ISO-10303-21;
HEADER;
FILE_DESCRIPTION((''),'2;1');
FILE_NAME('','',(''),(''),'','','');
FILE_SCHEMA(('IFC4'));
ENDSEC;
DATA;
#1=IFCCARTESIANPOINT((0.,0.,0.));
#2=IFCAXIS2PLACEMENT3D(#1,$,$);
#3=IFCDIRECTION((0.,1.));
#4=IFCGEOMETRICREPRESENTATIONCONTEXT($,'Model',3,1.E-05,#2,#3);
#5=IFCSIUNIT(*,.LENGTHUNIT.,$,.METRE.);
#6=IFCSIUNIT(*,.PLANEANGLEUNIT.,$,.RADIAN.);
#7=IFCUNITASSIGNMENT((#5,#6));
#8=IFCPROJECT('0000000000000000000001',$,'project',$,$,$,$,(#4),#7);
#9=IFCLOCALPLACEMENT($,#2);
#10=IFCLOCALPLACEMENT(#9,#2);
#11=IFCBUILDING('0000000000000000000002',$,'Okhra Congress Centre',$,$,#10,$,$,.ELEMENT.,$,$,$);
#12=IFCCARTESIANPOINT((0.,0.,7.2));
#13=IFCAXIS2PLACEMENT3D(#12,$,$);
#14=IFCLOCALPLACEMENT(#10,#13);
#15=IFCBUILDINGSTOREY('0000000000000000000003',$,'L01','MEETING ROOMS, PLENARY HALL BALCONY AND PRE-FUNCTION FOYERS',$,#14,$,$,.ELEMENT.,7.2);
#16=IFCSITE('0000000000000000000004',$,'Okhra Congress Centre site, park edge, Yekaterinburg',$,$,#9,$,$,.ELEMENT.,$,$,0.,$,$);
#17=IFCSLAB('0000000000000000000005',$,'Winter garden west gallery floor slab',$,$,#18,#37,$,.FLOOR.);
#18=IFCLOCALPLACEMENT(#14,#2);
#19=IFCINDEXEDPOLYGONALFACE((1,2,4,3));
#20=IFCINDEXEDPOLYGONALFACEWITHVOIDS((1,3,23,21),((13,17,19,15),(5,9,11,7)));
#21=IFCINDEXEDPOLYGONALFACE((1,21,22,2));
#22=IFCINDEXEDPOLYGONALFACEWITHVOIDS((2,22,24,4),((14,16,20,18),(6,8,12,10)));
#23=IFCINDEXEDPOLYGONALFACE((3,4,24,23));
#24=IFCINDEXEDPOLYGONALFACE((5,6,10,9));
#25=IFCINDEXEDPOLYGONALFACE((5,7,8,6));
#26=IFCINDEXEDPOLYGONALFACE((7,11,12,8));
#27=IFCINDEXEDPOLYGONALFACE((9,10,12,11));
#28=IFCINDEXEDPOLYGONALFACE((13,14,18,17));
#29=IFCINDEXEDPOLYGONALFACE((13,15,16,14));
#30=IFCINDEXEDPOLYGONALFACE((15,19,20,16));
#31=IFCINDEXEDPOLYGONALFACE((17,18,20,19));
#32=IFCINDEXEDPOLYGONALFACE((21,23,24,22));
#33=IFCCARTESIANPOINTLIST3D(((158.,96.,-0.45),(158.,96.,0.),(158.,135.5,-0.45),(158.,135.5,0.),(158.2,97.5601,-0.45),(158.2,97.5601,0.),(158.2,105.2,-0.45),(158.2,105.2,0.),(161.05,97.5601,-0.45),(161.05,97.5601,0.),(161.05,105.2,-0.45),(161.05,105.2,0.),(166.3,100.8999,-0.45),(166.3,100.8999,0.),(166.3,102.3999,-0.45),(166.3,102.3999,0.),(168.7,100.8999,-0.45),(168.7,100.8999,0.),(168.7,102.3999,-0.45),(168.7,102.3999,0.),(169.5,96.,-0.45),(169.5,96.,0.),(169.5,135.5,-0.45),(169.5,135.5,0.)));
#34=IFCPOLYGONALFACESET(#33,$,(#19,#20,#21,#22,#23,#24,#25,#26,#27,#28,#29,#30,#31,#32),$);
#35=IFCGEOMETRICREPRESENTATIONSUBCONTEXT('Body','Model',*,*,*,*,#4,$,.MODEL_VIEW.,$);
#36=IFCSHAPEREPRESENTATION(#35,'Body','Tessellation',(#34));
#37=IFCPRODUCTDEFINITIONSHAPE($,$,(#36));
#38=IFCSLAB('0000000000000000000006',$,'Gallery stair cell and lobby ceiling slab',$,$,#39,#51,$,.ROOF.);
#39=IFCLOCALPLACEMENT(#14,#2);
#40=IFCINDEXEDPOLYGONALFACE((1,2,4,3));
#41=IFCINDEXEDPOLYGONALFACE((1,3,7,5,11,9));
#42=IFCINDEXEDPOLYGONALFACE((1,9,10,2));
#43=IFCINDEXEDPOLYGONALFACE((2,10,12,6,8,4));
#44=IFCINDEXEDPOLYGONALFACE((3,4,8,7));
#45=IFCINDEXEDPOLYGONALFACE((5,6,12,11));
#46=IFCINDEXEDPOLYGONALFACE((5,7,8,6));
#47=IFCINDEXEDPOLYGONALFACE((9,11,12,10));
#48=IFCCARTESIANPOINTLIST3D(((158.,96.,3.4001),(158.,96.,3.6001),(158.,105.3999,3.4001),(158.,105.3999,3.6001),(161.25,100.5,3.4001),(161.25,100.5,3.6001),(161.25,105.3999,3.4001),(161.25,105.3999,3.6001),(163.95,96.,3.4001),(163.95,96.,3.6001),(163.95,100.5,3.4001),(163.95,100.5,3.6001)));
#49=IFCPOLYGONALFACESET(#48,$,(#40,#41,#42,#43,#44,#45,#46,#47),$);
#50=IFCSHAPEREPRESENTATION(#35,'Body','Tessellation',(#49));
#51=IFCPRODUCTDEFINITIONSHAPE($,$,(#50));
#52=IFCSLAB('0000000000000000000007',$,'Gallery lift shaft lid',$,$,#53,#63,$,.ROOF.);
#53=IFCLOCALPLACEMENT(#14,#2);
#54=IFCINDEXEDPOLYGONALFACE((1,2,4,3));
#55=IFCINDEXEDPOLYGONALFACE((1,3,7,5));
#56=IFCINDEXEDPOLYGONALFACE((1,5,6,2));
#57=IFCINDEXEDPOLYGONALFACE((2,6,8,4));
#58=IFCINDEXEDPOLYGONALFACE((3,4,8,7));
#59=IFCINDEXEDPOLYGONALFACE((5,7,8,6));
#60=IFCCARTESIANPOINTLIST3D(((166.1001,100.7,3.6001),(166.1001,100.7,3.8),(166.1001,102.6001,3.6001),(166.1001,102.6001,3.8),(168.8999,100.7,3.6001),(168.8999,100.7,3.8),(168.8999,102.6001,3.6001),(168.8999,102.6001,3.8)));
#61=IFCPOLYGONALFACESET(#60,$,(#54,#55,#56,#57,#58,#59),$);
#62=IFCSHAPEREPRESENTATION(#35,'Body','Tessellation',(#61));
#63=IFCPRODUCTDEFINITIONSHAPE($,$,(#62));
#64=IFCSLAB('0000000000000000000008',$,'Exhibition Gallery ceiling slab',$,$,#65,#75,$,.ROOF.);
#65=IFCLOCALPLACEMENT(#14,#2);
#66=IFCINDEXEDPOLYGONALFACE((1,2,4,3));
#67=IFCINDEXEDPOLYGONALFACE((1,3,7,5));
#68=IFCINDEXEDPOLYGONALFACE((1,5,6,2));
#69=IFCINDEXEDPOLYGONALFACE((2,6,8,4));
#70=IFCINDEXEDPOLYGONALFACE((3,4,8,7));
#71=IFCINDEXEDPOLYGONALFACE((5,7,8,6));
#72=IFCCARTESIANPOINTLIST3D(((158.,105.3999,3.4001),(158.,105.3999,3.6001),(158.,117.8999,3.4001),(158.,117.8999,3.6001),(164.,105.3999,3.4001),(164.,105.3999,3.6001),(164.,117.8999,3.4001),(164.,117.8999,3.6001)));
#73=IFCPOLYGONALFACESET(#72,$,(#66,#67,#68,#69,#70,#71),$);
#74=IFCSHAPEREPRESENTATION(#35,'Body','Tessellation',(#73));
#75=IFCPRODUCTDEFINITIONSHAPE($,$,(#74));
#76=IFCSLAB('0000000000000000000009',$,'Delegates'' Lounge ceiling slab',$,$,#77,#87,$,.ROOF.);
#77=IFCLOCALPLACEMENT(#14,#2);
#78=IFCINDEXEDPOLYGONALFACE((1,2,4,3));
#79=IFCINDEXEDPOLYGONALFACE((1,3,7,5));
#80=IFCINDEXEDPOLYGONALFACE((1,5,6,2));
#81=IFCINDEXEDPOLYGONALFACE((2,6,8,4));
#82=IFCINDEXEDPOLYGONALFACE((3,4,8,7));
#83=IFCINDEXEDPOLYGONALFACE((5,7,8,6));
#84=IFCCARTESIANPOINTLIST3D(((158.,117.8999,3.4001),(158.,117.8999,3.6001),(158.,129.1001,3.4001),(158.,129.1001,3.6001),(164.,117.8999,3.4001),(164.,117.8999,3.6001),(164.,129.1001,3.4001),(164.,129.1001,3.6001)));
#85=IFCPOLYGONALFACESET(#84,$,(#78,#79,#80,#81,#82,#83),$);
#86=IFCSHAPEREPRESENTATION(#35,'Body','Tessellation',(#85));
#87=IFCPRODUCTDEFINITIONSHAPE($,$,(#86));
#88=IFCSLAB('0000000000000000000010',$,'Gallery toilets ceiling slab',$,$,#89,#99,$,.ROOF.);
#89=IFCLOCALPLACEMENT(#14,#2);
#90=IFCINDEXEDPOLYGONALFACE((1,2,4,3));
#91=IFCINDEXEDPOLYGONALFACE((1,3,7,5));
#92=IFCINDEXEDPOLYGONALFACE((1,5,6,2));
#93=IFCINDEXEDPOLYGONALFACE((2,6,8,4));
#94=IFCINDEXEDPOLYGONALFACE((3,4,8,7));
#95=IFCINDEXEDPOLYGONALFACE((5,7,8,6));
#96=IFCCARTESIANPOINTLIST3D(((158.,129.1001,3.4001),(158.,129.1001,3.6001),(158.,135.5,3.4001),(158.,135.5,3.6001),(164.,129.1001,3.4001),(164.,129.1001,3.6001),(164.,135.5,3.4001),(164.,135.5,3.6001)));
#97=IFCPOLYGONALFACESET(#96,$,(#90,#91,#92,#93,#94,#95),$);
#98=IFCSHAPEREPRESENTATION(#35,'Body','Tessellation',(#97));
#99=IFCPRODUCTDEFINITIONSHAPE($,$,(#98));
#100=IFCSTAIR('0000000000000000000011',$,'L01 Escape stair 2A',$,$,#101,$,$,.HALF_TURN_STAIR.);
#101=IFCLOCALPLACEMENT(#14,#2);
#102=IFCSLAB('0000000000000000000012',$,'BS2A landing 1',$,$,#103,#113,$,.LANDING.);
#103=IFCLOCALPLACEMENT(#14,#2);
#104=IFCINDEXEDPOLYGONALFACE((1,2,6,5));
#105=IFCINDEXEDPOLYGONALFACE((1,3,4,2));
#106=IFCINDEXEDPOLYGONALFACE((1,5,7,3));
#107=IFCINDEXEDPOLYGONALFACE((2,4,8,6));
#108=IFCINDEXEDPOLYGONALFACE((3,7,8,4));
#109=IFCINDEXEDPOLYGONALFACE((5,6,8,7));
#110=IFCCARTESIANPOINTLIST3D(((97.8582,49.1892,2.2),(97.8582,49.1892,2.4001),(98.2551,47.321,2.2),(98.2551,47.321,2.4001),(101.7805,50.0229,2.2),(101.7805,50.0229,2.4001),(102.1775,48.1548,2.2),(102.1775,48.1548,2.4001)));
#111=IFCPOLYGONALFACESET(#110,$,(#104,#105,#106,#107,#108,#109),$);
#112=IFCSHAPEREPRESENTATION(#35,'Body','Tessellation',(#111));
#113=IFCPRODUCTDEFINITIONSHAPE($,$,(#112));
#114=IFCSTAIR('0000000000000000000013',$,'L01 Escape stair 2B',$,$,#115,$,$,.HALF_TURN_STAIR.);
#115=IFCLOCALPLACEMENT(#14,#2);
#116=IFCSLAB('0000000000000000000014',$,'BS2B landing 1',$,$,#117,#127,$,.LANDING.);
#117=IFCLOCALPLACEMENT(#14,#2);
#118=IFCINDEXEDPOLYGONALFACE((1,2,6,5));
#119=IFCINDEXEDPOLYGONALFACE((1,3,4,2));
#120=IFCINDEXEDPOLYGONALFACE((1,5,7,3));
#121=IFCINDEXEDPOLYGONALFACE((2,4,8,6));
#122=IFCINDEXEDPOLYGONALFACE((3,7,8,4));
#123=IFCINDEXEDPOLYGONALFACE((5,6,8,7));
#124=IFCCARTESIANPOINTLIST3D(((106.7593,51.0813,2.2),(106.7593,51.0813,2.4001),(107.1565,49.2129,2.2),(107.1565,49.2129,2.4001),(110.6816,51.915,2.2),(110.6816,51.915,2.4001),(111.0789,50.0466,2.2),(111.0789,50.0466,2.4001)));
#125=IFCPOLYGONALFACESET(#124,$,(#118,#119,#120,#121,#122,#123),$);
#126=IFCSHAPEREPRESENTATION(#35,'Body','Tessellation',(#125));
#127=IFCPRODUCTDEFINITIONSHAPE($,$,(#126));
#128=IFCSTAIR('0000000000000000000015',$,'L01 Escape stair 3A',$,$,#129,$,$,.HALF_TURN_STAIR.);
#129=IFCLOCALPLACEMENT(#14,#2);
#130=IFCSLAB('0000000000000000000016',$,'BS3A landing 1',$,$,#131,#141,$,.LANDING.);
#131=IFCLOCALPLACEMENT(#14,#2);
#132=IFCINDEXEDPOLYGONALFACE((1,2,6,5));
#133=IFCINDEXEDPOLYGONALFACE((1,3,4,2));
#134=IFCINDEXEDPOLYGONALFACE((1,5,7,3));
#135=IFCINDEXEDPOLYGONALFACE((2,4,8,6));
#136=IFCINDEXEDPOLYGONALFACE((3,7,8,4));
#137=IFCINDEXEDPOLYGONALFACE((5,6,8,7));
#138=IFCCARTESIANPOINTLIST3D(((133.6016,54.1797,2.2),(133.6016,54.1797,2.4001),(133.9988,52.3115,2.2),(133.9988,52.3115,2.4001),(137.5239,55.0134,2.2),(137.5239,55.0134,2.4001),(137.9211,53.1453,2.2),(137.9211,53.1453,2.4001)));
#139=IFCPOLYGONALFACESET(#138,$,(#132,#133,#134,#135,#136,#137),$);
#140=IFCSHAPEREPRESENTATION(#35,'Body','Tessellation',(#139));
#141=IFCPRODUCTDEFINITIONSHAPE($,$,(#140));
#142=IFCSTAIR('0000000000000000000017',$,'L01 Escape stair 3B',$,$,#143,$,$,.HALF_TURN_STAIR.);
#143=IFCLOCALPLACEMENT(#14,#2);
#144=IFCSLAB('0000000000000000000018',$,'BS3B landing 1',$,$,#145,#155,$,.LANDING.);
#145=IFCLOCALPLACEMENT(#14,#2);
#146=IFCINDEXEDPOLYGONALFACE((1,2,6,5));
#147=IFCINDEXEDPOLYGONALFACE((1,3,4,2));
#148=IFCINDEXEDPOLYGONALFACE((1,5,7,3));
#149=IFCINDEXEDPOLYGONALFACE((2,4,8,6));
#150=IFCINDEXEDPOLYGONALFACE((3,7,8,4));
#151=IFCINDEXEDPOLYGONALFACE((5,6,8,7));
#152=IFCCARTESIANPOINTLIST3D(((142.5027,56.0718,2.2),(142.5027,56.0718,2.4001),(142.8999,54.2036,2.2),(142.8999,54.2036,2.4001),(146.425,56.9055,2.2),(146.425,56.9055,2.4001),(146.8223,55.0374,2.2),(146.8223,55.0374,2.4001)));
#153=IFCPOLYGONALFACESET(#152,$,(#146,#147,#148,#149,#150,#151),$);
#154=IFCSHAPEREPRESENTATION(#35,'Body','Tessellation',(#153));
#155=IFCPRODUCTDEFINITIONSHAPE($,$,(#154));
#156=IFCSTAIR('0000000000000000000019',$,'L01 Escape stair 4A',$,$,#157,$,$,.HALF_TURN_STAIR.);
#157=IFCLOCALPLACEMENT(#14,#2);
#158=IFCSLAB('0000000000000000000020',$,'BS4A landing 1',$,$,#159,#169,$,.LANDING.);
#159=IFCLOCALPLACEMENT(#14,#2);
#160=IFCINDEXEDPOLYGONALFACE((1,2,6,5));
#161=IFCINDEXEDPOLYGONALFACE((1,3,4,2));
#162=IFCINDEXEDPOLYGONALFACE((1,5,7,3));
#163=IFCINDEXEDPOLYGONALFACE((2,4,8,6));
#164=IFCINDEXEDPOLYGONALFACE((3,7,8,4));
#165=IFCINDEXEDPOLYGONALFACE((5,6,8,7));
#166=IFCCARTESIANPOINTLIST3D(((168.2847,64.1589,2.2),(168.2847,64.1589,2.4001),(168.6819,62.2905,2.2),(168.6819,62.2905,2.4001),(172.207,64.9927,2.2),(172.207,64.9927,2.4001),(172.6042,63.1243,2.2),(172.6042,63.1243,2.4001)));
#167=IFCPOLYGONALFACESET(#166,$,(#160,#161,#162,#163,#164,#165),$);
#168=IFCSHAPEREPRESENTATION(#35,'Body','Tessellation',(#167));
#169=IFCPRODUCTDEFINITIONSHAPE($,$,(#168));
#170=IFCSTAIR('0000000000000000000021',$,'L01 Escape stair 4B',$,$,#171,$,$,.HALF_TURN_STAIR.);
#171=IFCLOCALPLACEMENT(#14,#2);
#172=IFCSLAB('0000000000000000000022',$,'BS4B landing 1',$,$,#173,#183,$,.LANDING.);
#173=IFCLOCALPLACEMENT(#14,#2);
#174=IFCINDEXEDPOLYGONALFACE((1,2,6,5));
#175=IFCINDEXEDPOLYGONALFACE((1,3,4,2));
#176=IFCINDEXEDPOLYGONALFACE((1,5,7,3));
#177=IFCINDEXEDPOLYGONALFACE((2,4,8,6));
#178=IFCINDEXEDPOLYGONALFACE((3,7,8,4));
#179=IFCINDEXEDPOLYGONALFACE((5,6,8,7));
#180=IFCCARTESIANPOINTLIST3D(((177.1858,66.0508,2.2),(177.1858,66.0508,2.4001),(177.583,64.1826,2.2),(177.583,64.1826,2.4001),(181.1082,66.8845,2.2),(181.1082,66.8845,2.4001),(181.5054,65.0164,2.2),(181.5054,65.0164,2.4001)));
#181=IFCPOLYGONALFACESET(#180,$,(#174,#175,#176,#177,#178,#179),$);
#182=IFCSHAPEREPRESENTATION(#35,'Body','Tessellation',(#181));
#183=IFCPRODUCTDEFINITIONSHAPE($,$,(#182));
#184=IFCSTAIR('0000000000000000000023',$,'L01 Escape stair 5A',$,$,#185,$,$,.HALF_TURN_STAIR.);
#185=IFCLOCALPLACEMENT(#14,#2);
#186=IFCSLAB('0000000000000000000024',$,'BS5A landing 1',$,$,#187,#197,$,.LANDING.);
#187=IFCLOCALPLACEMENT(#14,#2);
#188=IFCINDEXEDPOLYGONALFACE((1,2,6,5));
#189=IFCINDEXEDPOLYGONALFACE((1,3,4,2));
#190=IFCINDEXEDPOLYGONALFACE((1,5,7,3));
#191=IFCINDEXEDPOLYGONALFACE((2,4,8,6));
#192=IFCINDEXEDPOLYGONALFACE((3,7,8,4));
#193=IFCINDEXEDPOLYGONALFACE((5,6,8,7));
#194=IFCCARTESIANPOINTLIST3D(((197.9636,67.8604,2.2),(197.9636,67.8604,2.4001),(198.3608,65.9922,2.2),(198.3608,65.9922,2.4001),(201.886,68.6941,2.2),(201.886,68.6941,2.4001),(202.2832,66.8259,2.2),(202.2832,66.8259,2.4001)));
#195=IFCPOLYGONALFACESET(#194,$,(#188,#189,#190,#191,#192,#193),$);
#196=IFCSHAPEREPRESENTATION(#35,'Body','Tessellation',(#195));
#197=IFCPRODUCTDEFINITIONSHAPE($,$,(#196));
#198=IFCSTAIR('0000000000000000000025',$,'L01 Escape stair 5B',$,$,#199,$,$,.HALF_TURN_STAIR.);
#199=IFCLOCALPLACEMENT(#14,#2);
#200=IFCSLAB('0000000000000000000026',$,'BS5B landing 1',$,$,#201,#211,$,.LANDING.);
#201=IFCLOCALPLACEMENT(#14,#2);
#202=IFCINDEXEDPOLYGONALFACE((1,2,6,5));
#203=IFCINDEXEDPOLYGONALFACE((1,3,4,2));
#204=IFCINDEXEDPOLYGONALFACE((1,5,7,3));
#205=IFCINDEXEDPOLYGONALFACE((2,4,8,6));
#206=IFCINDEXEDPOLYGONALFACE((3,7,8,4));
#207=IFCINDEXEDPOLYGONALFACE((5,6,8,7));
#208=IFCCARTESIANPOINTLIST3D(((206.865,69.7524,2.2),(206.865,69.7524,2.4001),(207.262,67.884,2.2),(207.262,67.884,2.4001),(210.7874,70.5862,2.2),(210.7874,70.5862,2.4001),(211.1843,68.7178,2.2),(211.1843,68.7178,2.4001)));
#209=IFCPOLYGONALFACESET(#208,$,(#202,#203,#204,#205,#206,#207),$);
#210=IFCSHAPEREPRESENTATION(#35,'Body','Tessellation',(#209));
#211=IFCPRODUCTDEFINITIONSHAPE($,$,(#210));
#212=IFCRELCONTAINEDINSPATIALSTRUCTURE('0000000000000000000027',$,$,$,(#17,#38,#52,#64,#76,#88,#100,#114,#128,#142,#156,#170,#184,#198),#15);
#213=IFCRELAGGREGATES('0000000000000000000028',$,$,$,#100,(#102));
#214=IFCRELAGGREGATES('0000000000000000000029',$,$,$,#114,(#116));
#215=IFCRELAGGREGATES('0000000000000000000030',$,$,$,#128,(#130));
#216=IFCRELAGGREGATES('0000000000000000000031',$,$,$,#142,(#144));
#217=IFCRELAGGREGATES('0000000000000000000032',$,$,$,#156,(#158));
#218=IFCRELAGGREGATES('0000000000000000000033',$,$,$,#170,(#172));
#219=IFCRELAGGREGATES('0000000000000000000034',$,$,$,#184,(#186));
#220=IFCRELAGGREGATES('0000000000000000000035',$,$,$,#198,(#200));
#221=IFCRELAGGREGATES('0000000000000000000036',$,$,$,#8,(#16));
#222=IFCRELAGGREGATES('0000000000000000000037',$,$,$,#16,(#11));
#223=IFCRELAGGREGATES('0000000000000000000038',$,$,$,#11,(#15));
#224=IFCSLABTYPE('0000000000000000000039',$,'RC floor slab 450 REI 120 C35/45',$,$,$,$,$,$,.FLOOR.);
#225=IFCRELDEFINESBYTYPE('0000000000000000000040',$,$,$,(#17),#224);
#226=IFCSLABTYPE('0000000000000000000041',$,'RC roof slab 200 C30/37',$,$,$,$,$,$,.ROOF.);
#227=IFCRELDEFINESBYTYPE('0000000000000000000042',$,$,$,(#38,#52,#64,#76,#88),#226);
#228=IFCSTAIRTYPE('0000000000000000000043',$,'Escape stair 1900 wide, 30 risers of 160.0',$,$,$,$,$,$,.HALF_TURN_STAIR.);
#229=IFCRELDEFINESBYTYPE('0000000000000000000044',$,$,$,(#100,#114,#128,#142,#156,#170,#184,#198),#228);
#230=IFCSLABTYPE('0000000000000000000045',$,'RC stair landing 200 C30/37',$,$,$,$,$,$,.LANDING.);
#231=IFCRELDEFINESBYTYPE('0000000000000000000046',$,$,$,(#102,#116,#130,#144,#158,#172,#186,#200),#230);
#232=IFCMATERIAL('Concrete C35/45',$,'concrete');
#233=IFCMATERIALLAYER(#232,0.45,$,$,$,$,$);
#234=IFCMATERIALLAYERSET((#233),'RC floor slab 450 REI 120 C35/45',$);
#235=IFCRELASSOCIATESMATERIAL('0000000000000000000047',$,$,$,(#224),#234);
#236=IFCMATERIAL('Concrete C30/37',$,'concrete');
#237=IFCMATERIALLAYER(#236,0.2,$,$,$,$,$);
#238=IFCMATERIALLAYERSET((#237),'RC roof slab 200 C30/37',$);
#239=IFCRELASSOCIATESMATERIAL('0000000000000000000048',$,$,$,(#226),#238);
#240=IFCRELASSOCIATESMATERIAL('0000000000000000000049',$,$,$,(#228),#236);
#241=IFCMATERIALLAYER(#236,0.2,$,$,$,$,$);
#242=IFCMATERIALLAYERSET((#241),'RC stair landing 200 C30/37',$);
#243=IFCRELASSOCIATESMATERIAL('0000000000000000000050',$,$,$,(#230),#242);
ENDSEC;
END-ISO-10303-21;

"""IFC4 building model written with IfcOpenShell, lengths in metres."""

from ifc_helpers import new_model, si_unit, direction, frame, origin, place, context, subcontext, project, spatial, polyline, outline, extrude, material, layer, layer_set, type_object, element, aggregate, save


model = new_model("IFC4")

# Units and contexts
model_context = context("Model", 3, precision=1e-05, world=origin(), true_north=direction((0.0, 1.0)))
body_context = subcontext(model_context, "Body", "Model", "MODEL_VIEW")
ifc_project = project(units=[si_unit("LENGTHUNIT", "METRE"), si_unit("PLANEANGLEUNIT", "RADIAN")], contexts=[model_context])

# Site, building, storey
site_placement = place(None, origin())
site = spatial("IfcSite", under=ifc_project, at=site_placement, Name="Okhra Congress Centre site, park edge, Yekaterinburg", CompositionType="ELEMENT", RefElevation=0.0)
building_placement = place(site_placement, origin())
building = spatial("IfcBuilding", under=site, at=building_placement, Name="Okhra Congress Centre", CompositionType="ELEMENT")
storey_placement = place(building_placement, frame((0.0, 0.0, 7.2)))
storey = spatial("IfcBuildingStorey", under=building, at=storey_placement, Name="L01", Description="MEETING ROOMS, PLENARY HALL BALCONY AND PRE-FUNCTION FOYERS", CompositionType="ELEMENT", Elevation=7.2)

# Slabs
ifc_material_1 = material(Name="Concrete C30/37", Category="concrete")
ifc_material_2 = material(Name="Concrete C35/45", Category="concrete")
ifc_layer_1 = layer(ifc_material_2, 0.45)
ifc_layer_set_1 = layer_set([ifc_layer_1], Name="RC floor slab 450 REI 120 C35/45")
slab_type_1 = type_object("IfcSlabType", Name="RC floor slab 450 REI 120 C35/45", PredefinedType="FLOOR", material=ifc_layer_set_1)
slab_1_placement = place(storey_placement, frame((0.0, 0.0, -0.45)))
element("IfcSlab", 1, at=slab_1_placement, inside=storey, type_object=slab_type_1, Name="Winter garden west gallery floor slab", PredefinedType="FLOOR", context=body_context, shape_type="SweptSolid", body=[
    extrude(outline(polyline([(158.0, 96.0), (169.5, 96.0), (169.5, 135.5), (158.0, 135.5), (158.0, 96.0)]), holes=[polyline([(161.05, 97.5601), (161.05, 105.2), (158.2, 105.2), (158.2, 97.5601), (161.05, 97.5601)]), polyline([(166.3, 100.8999), (168.7, 100.8999), (168.7, 102.3999), (166.3, 102.3999), (166.3, 100.8999)])]), origin(), (0.0, 0.0, 1.0), 0.45),
])
ifc_layer_2 = layer(ifc_material_1, 0.2)
ifc_layer_set_2 = layer_set([ifc_layer_2], Name="RC roof slab 200 C30/37")
slab_type_2 = type_object("IfcSlabType", Name="RC roof slab 200 C30/37", PredefinedType="ROOF", material=ifc_layer_set_2)
slab_2_placement = place(storey_placement, frame((0.0, 0.0, 3.4001)))
element("IfcSlab", 2, at=slab_2_placement, inside=storey, type_object=slab_type_2, Name="Gallery stair cell and lobby ceiling slab", PredefinedType="ROOF", context=body_context, shape_type="SweptSolid", body=[
    extrude(outline(polyline([(158.0, 96.0), (163.95, 96.0), (163.95, 100.5), (161.25, 100.5), (161.25, 105.3999), (158.0, 105.3999), (158.0, 96.0)])), origin(), (0.0, 0.0, 1.0), 0.2),
])
slab_3_placement = place(storey_placement, frame((0.0, 0.0, 3.6001)))
element("IfcSlab", 3, at=slab_3_placement, inside=storey, type_object=slab_type_2, Name="Gallery lift shaft lid", PredefinedType="ROOF", context=body_context, shape_type="SweptSolid", body=[
    extrude(outline(polyline([(166.1001, 100.7), (168.8999, 100.7), (168.8999, 102.6001), (166.1001, 102.6001), (166.1001, 100.7)])), origin(), (0.0, 0.0, 1.0), 0.2),
])
slab_4_placement = place(storey_placement, frame((0.0, 0.0, 3.4001)))
element("IfcSlab", 4, at=slab_4_placement, inside=storey, type_object=slab_type_2, Name="Exhibition Gallery ceiling slab", PredefinedType="ROOF", context=body_context, shape_type="SweptSolid", body=[
    extrude(outline(polyline([(158.0, 105.3999), (164.0, 105.3999), (164.0, 117.8999), (158.0, 117.8999), (158.0, 105.3999)])), origin(), (0.0, 0.0, 1.0), 0.2),
])
slab_5_placement = place(storey_placement, frame((0.0, 0.0, 3.4001)))
element("IfcSlab", 5, at=slab_5_placement, inside=storey, type_object=slab_type_2, Name="Delegates' Lounge ceiling slab", PredefinedType="ROOF", context=body_context, shape_type="SweptSolid", body=[
    extrude(outline(polyline([(158.0, 117.8999), (164.0, 117.8999), (164.0, 129.1001), (158.0, 129.1001), (158.0, 117.8999)])), origin(), (0.0, 0.0, 1.0), 0.2),
])
slab_6_placement = place(storey_placement, frame((0.0, 0.0, 3.4001)))
element("IfcSlab", 6, at=slab_6_placement, inside=storey, type_object=slab_type_2, Name="Gallery toilets ceiling slab", PredefinedType="ROOF", context=body_context, shape_type="SweptSolid", body=[
    extrude(outline(polyline([(158.0, 129.1001), (164.0, 129.1001), (164.0, 135.5), (158.0, 135.5), (158.0, 129.1001)])), origin(), (0.0, 0.0, 1.0), 0.2),
])

# Stairs, slabs
stair_type_1 = type_object("IfcStairType", Name="Escape stair 1900 wide, 30 risers of 160.0", PredefinedType="HALF_TURN_STAIR", material=ifc_material_1)
stair_1_placement = place(storey_placement, origin())
stair_1 = element("IfcStair", 7, at=stair_1_placement, inside=storey, type_object=stair_type_1, Name="L01 Escape stair 2A", PredefinedType="HALF_TURN_STAIR")
ifc_layer_3 = layer(ifc_material_1, 0.2)
ifc_layer_set_3 = layer_set([ifc_layer_3], Name="RC stair landing 200 C30/37")
slab_type_3 = type_object("IfcSlabType", Name="RC stair landing 200 C30/37", PredefinedType="LANDING", material=ifc_layer_set_3)
slab_7_placement = place(storey_placement, frame((0.0, 0.0, 2.2)))
slab_7 = element("IfcSlab", 8, at=slab_7_placement, type_object=slab_type_3, Name="BS2A landing 1", PredefinedType="LANDING", context=body_context, shape_type="SweptSolid", body=[
    extrude(outline(polyline([(97.8582, 49.1892), (101.7805, 50.0229), (102.1775, 48.1548), (98.2551, 47.321), (97.8582, 49.1892)])), origin(), (0.0, 0.0, 1.0), 0.2002),
])
aggregate(stair_1, [slab_7])
stair_2_placement = place(storey_placement, origin())
stair_2 = element("IfcStair", 9, at=stair_2_placement, inside=storey, type_object=stair_type_1, Name="L01 Escape stair 2B", PredefinedType="HALF_TURN_STAIR")
slab_8_placement = place(storey_placement, frame((0.0, 0.0, 2.2)))
slab_8 = element("IfcSlab", 10, at=slab_8_placement, type_object=slab_type_3, Name="BS2B landing 1", PredefinedType="LANDING", context=body_context, shape_type="SweptSolid", body=[
    extrude(outline(polyline([(106.7593, 51.0813), (110.6816, 51.915), (111.0789, 50.0466), (107.1565, 49.2129), (106.7593, 51.0813)])), origin(), (0.0, 0.0, 1.0), 0.2002),
])
aggregate(stair_2, [slab_8])
stair_3_placement = place(storey_placement, origin())
stair_3 = element("IfcStair", 11, at=stair_3_placement, inside=storey, type_object=stair_type_1, Name="L01 Escape stair 3A", PredefinedType="HALF_TURN_STAIR")
slab_9_placement = place(storey_placement, frame((0.0, 0.0, 2.2)))
slab_9 = element("IfcSlab", 12, at=slab_9_placement, type_object=slab_type_3, Name="BS3A landing 1", PredefinedType="LANDING", context=body_context, shape_type="SweptSolid", body=[
    extrude(outline(polyline([(137.9211, 53.1453), (133.9988, 52.3115), (133.6016, 54.1797), (137.5239, 55.0134), (137.9211, 53.1453)])), origin(), (0.0, 0.0, 1.0), 0.2002),
])
aggregate(stair_3, [slab_9])
stair_4_placement = place(storey_placement, origin())
stair_4 = element("IfcStair", 13, at=stair_4_placement, inside=storey, type_object=stair_type_1, Name="L01 Escape stair 3B", PredefinedType="HALF_TURN_STAIR")
slab_10_placement = place(storey_placement, frame((0.0, 0.0, 2.2)))
slab_10 = element("IfcSlab", 14, at=slab_10_placement, type_object=slab_type_3, Name="BS3B landing 1", PredefinedType="LANDING", context=body_context, shape_type="SweptSolid", body=[
    extrude(outline(polyline([(146.8223, 55.0374), (142.8999, 54.2036), (142.5027, 56.0718), (146.425, 56.9055), (146.8223, 55.0374)])), origin(), (0.0, 0.0, 1.0), 0.2002),
])
aggregate(stair_4, [slab_10])
stair_5_placement = place(storey_placement, origin())
stair_5 = element("IfcStair", 15, at=stair_5_placement, inside=storey, type_object=stair_type_1, Name="L01 Escape stair 4A", PredefinedType="HALF_TURN_STAIR")
slab_11_placement = place(storey_placement, frame((0.0, 0.0, 2.2)))
slab_11 = element("IfcSlab", 16, at=slab_11_placement, type_object=slab_type_3, Name="BS4A landing 1", PredefinedType="LANDING", context=body_context, shape_type="SweptSolid", body=[
    extrude(outline(polyline([(168.2847, 64.1589), (172.207, 64.9927), (172.6042, 63.1243), (168.6819, 62.2905), (168.2847, 64.1589)])), origin(), (0.0, 0.0, 1.0), 0.2002),
])
aggregate(stair_5, [slab_11])
stair_6_placement = place(storey_placement, origin())
stair_6 = element("IfcStair", 17, at=stair_6_placement, inside=storey, type_object=stair_type_1, Name="L01 Escape stair 4B", PredefinedType="HALF_TURN_STAIR")
slab_12_placement = place(storey_placement, frame((0.0, 0.0, 2.2)))
slab_12 = element("IfcSlab", 18, at=slab_12_placement, type_object=slab_type_3, Name="BS4B landing 1", PredefinedType="LANDING", context=body_context, shape_type="SweptSolid", body=[
    extrude(outline(polyline([(177.1858, 66.0508), (181.1082, 66.8845), (181.5054, 65.0164), (177.583, 64.1826), (177.1858, 66.0508)])), origin(), (0.0, 0.0, 1.0), 0.2002),
])
aggregate(stair_6, [slab_12])
stair_7_placement = place(storey_placement, origin())
stair_7 = element("IfcStair", 19, at=stair_7_placement, inside=storey, type_object=stair_type_1, Name="L01 Escape stair 5A", PredefinedType="HALF_TURN_STAIR")
slab_13_placement = place(storey_placement, frame((0.0, 0.0, 2.2)))
slab_13 = element("IfcSlab", 20, at=slab_13_placement, type_object=slab_type_3, Name="BS5A landing 1", PredefinedType="LANDING", context=body_context, shape_type="SweptSolid", body=[
    extrude(outline(polyline([(202.2832, 66.8259), (198.3608, 65.9922), (197.9636, 67.8604), (201.886, 68.6941), (202.2832, 66.8259)])), origin(), (0.0, 0.0, 1.0), 0.2002),
])
aggregate(stair_7, [slab_13])
stair_8_placement = place(storey_placement, origin())
stair_8 = element("IfcStair", 21, at=stair_8_placement, inside=storey, type_object=stair_type_1, Name="L01 Escape stair 5B", PredefinedType="HALF_TURN_STAIR")
slab_14_placement = place(storey_placement, frame((0.0, 0.0, 2.2)))
slab_14 = element("IfcSlab", 22, at=slab_14_placement, type_object=slab_type_3, Name="BS5B landing 1", PredefinedType="LANDING", context=body_context, shape_type="SweptSolid", body=[
    extrude(outline(polyline([(211.1843, 68.7178), (207.262, 67.884), (206.865, 69.7524), (210.7874, 70.5862), (211.1843, 68.7178)])), origin(), (0.0, 0.0, 1.0), 0.2002),
])
aggregate(stair_8, [slab_14])

save(model, "model.ifc")
